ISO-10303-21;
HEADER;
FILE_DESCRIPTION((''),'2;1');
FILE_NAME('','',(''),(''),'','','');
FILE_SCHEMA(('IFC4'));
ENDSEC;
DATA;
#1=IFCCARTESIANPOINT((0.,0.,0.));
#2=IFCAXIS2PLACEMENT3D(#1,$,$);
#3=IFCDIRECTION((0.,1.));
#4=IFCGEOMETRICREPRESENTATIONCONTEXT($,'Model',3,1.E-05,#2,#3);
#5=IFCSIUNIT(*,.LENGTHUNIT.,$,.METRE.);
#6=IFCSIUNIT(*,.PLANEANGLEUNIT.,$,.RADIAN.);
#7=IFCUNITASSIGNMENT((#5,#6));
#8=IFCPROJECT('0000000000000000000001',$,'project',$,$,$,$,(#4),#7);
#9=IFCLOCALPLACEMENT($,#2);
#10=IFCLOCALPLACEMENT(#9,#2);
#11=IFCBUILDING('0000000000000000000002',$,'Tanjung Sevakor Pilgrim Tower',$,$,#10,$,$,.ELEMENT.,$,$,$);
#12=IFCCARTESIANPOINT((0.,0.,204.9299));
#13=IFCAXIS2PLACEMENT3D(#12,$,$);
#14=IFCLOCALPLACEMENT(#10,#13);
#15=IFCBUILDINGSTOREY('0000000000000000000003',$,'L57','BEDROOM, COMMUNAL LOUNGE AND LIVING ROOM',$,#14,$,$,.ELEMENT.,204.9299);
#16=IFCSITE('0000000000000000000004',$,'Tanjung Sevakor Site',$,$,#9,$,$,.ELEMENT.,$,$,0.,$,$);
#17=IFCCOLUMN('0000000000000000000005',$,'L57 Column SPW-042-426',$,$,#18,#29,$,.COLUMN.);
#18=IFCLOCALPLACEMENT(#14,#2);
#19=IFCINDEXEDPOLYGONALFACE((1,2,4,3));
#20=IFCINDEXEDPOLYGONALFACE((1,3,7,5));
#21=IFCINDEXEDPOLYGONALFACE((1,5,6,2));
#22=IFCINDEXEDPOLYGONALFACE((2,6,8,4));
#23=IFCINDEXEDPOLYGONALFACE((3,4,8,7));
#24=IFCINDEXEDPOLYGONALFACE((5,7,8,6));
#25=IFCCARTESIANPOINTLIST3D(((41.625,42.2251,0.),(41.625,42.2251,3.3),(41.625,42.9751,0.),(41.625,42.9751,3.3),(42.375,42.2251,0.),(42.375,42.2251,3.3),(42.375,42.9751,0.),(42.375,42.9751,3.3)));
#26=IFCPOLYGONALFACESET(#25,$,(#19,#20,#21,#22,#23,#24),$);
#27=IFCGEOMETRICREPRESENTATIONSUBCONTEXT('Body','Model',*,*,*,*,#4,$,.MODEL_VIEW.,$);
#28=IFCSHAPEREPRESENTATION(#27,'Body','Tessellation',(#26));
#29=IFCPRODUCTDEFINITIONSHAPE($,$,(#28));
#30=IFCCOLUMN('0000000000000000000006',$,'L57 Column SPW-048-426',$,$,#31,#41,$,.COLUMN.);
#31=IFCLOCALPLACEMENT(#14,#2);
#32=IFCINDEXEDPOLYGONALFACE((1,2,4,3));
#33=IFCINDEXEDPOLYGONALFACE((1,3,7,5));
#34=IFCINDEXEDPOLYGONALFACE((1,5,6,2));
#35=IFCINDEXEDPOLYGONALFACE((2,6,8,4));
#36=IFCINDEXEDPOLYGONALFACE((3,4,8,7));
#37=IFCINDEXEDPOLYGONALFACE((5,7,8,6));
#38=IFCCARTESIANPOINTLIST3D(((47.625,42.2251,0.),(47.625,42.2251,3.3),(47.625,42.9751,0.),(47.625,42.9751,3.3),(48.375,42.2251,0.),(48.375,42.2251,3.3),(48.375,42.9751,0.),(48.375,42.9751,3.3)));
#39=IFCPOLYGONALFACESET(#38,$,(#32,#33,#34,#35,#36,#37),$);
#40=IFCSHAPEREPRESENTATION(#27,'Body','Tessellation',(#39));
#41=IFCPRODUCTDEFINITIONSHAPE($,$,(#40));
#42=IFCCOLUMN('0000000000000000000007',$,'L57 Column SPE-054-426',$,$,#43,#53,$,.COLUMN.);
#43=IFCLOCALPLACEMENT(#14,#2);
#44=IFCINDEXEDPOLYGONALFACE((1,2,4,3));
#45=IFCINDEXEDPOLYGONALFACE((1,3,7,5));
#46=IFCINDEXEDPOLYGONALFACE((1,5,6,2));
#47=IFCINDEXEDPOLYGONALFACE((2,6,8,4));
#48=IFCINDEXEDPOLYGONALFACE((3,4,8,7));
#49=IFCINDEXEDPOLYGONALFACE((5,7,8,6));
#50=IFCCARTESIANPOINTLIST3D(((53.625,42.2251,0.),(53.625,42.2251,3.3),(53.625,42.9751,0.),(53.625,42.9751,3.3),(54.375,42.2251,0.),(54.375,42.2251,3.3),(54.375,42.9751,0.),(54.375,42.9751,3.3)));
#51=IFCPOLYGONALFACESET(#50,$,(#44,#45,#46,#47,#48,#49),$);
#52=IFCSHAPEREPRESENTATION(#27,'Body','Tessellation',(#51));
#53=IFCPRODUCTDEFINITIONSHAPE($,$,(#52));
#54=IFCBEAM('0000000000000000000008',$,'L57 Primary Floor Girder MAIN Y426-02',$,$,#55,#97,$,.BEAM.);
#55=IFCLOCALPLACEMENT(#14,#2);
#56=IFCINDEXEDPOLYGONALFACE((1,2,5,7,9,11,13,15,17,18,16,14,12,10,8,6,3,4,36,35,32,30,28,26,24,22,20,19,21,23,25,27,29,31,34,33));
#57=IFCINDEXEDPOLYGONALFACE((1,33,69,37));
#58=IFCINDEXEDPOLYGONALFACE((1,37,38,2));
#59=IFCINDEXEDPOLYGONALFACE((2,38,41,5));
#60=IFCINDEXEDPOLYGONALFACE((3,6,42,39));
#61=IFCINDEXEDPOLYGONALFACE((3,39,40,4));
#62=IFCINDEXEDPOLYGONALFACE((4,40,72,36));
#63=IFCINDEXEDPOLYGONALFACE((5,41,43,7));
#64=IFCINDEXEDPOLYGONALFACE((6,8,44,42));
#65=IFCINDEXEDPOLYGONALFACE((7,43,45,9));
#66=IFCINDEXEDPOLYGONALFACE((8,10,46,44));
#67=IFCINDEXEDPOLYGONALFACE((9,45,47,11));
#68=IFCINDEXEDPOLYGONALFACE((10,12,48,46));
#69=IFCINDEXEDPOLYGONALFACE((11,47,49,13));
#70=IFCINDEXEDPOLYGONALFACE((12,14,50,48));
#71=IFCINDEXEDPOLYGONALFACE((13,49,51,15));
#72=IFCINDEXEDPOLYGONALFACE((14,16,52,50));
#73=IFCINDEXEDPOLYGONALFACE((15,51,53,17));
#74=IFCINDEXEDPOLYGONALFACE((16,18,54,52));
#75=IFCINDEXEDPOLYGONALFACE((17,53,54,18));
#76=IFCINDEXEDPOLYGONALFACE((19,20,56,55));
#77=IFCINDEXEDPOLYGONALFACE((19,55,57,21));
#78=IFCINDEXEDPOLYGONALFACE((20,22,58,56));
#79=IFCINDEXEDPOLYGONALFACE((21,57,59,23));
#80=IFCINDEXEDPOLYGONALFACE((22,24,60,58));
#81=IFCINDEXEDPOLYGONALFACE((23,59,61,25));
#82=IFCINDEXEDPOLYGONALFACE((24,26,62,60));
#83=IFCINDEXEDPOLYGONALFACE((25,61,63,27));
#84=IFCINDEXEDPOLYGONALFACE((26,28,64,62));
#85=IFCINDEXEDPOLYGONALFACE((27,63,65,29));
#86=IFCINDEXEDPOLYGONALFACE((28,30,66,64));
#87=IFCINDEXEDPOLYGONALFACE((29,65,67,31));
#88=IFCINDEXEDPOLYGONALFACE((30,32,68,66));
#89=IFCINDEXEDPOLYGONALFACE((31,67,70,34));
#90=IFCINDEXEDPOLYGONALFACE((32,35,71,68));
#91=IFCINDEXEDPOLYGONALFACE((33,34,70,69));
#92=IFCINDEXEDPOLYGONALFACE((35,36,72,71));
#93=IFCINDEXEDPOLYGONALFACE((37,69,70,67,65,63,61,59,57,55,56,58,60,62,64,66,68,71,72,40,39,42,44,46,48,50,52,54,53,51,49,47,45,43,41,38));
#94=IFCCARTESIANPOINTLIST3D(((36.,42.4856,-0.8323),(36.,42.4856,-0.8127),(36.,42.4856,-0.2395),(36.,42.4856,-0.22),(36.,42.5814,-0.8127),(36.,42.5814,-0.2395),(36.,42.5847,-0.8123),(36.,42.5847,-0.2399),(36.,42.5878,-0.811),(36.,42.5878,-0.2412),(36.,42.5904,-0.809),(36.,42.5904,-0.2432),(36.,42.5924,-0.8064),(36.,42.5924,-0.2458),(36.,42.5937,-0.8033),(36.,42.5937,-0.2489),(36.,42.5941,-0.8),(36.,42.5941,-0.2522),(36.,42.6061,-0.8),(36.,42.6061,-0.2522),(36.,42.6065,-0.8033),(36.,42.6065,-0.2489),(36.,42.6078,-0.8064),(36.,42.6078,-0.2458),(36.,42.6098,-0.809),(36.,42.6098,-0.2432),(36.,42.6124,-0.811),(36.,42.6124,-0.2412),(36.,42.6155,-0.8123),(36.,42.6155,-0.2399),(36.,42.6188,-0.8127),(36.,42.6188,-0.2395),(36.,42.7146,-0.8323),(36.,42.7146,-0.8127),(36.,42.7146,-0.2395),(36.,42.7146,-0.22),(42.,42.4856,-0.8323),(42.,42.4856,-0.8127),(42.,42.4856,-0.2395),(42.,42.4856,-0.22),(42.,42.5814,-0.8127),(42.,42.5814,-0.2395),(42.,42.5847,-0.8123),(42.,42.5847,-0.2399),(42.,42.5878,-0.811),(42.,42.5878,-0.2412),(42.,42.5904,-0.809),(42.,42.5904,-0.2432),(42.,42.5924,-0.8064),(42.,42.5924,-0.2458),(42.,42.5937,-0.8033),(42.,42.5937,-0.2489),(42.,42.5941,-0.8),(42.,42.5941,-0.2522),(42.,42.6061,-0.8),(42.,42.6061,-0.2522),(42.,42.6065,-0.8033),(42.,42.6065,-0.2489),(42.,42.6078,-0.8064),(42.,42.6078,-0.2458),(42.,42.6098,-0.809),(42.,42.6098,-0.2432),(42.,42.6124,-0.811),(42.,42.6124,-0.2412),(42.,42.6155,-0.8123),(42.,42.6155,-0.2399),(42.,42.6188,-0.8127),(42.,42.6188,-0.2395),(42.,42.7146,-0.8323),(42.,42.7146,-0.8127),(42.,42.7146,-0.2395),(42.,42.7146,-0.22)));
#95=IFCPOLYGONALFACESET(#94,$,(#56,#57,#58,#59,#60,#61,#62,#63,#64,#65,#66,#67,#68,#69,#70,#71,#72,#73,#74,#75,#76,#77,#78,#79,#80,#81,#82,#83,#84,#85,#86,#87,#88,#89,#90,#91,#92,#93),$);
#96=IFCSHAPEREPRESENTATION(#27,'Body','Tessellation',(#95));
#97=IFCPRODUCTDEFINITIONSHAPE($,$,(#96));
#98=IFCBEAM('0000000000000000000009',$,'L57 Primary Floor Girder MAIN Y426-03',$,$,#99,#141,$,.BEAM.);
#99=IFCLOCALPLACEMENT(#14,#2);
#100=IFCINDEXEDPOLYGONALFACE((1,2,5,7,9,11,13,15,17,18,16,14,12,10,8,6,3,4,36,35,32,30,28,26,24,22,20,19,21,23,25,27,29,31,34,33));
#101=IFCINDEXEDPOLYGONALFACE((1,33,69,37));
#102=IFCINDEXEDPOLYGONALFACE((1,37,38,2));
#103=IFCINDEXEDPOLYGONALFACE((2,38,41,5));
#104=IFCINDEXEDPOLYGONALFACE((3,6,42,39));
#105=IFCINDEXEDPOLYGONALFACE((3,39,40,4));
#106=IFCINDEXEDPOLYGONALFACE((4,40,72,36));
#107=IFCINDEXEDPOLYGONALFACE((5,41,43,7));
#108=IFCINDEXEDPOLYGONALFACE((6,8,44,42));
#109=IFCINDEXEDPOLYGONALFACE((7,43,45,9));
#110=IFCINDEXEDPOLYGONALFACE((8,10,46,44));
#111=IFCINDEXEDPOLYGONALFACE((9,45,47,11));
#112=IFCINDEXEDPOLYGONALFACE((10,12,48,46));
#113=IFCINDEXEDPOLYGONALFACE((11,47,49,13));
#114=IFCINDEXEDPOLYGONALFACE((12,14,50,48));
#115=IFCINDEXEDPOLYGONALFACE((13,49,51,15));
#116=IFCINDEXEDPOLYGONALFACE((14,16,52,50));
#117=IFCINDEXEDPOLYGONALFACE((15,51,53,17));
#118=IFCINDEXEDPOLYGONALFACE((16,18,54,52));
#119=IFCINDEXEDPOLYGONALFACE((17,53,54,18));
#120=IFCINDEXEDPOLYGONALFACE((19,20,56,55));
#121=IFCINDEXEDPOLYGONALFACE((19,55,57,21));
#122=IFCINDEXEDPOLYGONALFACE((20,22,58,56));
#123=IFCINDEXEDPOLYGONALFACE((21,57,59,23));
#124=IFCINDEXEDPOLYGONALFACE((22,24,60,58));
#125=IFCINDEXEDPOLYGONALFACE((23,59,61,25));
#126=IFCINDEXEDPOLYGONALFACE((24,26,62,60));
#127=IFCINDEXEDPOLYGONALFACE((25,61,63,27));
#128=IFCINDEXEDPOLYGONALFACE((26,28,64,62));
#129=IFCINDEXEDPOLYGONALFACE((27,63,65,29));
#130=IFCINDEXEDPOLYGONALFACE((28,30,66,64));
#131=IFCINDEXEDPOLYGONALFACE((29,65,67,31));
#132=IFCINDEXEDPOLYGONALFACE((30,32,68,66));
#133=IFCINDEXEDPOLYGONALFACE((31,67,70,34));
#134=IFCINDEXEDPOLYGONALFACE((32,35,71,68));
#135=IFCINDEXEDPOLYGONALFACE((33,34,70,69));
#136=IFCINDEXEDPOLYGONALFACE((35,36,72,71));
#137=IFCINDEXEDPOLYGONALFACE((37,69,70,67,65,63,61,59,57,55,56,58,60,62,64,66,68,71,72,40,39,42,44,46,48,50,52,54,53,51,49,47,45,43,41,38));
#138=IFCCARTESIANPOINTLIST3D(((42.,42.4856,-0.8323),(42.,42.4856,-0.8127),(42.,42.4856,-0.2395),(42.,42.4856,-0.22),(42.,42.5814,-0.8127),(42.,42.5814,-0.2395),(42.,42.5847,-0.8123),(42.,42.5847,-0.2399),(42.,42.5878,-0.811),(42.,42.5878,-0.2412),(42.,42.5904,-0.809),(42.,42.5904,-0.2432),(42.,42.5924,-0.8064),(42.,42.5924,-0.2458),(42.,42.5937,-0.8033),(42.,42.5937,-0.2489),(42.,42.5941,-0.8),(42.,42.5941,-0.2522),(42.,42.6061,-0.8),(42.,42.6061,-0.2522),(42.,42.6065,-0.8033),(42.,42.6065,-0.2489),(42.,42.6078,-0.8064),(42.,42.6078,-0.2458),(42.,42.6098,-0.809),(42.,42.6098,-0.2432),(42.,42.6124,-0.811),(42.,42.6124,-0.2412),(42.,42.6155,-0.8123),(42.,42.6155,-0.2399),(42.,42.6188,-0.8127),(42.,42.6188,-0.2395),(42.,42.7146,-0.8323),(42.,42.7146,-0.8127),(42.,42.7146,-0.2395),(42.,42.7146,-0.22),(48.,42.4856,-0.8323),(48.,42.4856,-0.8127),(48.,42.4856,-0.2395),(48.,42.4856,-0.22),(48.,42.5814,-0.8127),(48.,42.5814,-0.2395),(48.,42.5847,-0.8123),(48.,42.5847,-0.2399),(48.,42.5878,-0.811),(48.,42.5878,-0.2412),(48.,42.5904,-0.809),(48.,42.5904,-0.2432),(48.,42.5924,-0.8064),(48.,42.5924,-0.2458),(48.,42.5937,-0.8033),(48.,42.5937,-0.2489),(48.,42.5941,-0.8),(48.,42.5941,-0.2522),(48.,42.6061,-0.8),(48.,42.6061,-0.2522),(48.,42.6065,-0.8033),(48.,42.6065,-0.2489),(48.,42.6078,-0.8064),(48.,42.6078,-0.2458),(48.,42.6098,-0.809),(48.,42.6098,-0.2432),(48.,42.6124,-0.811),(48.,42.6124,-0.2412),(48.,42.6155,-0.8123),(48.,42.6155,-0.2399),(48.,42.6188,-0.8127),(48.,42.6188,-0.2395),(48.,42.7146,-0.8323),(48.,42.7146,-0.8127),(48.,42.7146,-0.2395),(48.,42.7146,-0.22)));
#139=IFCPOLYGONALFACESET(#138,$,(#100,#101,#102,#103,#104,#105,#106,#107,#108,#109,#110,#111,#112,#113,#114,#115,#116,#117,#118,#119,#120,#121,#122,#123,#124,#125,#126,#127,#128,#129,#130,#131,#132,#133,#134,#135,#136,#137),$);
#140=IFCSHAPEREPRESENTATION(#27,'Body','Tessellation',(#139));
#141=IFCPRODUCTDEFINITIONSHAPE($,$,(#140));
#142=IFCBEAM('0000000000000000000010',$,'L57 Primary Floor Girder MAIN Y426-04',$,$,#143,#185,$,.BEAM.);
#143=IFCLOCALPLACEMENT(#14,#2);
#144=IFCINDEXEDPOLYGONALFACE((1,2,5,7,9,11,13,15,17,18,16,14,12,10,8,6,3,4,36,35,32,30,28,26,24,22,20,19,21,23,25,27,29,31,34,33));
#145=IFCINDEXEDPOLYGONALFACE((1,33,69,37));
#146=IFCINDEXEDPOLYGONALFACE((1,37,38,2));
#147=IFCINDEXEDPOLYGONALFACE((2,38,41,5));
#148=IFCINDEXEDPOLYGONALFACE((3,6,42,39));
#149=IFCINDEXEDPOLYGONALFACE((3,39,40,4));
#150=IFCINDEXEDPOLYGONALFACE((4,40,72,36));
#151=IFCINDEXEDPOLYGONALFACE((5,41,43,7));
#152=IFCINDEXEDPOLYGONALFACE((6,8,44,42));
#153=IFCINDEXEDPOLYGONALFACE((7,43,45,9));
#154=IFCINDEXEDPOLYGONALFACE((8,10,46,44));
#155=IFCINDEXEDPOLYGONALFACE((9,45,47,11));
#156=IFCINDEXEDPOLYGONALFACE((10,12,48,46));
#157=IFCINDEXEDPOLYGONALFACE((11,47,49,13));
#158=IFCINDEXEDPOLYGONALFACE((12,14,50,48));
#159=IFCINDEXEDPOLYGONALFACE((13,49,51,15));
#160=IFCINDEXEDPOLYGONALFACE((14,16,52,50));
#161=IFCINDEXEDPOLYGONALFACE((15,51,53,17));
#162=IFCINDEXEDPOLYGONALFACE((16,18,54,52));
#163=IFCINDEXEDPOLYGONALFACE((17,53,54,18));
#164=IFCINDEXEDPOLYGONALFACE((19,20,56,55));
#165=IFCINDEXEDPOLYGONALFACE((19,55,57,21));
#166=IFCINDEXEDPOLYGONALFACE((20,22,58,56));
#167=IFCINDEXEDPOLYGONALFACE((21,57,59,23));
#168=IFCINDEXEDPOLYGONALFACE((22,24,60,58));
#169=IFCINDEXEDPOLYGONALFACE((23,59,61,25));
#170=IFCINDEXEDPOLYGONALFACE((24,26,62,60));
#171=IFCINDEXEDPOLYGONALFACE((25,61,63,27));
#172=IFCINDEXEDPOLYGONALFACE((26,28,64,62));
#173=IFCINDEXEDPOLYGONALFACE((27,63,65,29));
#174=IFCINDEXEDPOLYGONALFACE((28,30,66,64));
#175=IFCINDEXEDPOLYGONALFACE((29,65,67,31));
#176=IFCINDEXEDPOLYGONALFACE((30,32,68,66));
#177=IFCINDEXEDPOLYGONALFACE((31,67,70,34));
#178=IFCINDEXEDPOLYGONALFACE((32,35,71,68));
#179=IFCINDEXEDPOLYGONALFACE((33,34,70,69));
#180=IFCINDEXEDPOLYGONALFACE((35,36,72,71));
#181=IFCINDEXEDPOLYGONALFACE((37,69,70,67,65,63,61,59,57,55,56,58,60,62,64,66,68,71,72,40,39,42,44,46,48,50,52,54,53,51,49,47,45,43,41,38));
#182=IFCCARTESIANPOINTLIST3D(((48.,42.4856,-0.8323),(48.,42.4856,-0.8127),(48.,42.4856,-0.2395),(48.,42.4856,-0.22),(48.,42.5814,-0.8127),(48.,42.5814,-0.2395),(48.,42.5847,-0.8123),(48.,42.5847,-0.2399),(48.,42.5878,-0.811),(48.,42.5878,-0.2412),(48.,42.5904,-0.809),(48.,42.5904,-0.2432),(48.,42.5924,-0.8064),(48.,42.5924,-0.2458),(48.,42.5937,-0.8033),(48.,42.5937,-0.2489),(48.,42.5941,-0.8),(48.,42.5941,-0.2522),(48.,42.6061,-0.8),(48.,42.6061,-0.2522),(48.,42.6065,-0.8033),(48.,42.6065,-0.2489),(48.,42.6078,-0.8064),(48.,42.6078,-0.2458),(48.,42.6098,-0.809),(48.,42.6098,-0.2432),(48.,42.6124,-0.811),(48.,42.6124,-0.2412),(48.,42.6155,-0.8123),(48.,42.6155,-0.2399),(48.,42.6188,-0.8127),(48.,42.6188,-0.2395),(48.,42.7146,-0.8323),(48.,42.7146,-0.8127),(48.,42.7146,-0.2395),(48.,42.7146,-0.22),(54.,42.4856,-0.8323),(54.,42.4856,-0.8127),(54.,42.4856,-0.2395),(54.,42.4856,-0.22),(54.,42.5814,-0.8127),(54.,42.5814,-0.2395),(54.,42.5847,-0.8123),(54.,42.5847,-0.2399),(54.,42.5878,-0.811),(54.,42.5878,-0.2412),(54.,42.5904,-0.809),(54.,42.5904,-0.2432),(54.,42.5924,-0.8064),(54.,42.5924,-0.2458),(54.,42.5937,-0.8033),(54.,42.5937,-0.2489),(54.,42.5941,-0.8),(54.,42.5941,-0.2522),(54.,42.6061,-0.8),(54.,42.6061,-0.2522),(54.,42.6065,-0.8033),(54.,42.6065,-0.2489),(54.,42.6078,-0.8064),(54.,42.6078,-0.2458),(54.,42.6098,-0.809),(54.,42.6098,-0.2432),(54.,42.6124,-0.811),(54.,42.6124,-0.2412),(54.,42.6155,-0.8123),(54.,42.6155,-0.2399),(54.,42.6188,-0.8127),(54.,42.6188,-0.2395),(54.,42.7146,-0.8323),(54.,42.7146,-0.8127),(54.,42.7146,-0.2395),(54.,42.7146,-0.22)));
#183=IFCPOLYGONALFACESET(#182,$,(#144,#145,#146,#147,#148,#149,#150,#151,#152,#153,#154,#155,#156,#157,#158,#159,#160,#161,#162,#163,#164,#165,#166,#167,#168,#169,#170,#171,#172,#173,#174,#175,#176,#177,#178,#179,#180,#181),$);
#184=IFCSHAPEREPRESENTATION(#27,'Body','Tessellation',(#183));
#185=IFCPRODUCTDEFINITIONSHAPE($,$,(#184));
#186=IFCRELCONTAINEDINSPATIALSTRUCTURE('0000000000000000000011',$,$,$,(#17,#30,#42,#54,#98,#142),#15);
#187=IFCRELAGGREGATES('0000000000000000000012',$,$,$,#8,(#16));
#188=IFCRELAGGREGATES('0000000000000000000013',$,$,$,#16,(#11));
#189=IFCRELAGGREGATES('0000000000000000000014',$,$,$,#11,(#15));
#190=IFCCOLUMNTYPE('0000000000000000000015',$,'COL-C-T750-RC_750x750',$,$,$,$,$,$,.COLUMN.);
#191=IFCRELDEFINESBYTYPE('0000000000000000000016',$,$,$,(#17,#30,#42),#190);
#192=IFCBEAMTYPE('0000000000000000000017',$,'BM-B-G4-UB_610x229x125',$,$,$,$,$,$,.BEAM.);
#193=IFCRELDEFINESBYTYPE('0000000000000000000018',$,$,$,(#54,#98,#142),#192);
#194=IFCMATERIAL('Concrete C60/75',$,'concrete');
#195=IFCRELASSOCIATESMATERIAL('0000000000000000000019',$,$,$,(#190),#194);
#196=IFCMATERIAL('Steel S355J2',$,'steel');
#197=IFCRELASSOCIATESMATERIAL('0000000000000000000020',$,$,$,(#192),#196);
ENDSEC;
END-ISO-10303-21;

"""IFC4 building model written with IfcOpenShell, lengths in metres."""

from ifc_helpers import new_model, si_unit, direction, frame, origin, origin_2d, place, context, subcontext, project, spatial, rectangle, i_section, extrude, material, material_profile, profile_set, type_object, element, save


model = new_model("IFC4")

# Units and contexts
model_context = context("Model", 3, precision=1e-05, world=origin(), true_north=direction((0.0, 1.0)))
body_context = subcontext(model_context, "Body", "Model", "MODEL_VIEW")
ifc_project = project(units=[si_unit("LENGTHUNIT", "METRE"), si_unit("PLANEANGLEUNIT", "RADIAN")], contexts=[model_context])

# Site, building, storey
site_placement = place(None, origin())
site = spatial("IfcSite", under=ifc_project, at=site_placement, Name="Tanjung Sevakor Site", CompositionType="ELEMENT", RefElevation=0.0)
building_placement = place(site_placement, origin())
building = spatial("IfcBuilding", under=site, at=building_placement, Name="Tanjung Sevakor Pilgrim Tower", CompositionType="ELEMENT")
storey_placement = place(building_placement, frame((0.0, 0.0, 204.9299)))
storey = spatial("IfcBuildingStorey", under=building, at=storey_placement, Name="L57", Description="BEDROOM, COMMUNAL LOUNGE AND LIVING ROOM", CompositionType="ELEMENT", Elevation=204.9299)

# Columns
ifc_material_1 = material(Name="Concrete C60/75", Category="concrete")
ifc_material_profile_1 = material_profile(ifc_material_1, rectangle(XDim=0.75, YDim=0.75, at=origin_2d()))
ifc_profile_set_1 = profile_set([ifc_material_profile_1], Name="Concrete C60/75")
column_type = type_object("IfcColumnType", Name="COL-C-T750-RC_750x750", PredefinedType="COLUMN", material=ifc_profile_set_1)
for number, where, z_axis, x_axis, name in (
    (1, (42.0, 42.6001, 0.0), (0.0, 0.0, 1.0), (1.0, 0.0, 0.0), "L57 Column SPW-042-426"),
    (2, (48.0, 42.6001, 0.0), (0.0, 0.0, 1.0), (1.0, 0.0, 0.0), "L57 Column SPW-048-426"),
    (3, (54.0, 42.6001, 0.0), (0.0, 0.0, 1.0), (1.0, 0.0, 0.0), "L57 Column SPE-054-426"),
):
    element("IfcColumn", number, at=place(storey_placement, frame(where, z_axis=z_axis, x_axis=x_axis)), inside=storey, type_object=column_type, Name=name, PredefinedType="COLUMN", context=body_context, shape_type="SweptSolid", body=[
        extrude(rectangle(XDim=0.75, YDim=0.75, at=origin_2d()), origin(), (0.0, 0.0, 1.0), 3.3),
    ])

# Beams
ifc_material_2 = material(Name="Steel S355J2", Category="steel")
ifc_material_profile_2 = material_profile(ifc_material_2, i_section(OverallWidth=0.229, OverallDepth=0.6123, WebThickness=0.012, FlangeThickness=0.0195, FilletRadius=0.0127, at=origin_2d()))
ifc_profile_set_2 = profile_set([ifc_material_profile_2], Name="Steel S355J2")
beam_type_1 = type_object("IfcBeamType", Name="BM-B-G4-UB_610x229x125", PredefinedType="BEAM", material=ifc_profile_set_2)
for number, where, z_axis, x_axis, name in (
    (4, (36.0, 42.6001, -0.5261), (1.0, 0.0, 0.0), (0.0, 1.0, 0.0), "L57 Primary Floor Girder MAIN Y426-02"),
    (5, (42.0, 42.6001, -0.5261), (1.0, 0.0, 0.0), (0.0, 1.0, 0.0), "L57 Primary Floor Girder MAIN Y426-03"),
    (6, (48.0, 42.6001, -0.5261), (1.0, 0.0, 0.0), (0.0, 1.0, 0.0), "L57 Primary Floor Girder MAIN Y426-04"),
):
    element("IfcBeam", number, at=place(storey_placement, frame(where, z_axis=z_axis, x_axis=x_axis)), inside=storey, type_object=beam_type_1, Name=name, PredefinedType="BEAM", context=body_context, shape_type="SweptSolid", body=[
        extrude(i_section(OverallWidth=0.229, OverallDepth=0.6123, WebThickness=0.012, FlangeThickness=0.0195, FilletRadius=0.0127, at=origin_2d()), origin(), (0.0, 0.0, 1.0), 6.0),
    ])

save(model, "model.ifc")
